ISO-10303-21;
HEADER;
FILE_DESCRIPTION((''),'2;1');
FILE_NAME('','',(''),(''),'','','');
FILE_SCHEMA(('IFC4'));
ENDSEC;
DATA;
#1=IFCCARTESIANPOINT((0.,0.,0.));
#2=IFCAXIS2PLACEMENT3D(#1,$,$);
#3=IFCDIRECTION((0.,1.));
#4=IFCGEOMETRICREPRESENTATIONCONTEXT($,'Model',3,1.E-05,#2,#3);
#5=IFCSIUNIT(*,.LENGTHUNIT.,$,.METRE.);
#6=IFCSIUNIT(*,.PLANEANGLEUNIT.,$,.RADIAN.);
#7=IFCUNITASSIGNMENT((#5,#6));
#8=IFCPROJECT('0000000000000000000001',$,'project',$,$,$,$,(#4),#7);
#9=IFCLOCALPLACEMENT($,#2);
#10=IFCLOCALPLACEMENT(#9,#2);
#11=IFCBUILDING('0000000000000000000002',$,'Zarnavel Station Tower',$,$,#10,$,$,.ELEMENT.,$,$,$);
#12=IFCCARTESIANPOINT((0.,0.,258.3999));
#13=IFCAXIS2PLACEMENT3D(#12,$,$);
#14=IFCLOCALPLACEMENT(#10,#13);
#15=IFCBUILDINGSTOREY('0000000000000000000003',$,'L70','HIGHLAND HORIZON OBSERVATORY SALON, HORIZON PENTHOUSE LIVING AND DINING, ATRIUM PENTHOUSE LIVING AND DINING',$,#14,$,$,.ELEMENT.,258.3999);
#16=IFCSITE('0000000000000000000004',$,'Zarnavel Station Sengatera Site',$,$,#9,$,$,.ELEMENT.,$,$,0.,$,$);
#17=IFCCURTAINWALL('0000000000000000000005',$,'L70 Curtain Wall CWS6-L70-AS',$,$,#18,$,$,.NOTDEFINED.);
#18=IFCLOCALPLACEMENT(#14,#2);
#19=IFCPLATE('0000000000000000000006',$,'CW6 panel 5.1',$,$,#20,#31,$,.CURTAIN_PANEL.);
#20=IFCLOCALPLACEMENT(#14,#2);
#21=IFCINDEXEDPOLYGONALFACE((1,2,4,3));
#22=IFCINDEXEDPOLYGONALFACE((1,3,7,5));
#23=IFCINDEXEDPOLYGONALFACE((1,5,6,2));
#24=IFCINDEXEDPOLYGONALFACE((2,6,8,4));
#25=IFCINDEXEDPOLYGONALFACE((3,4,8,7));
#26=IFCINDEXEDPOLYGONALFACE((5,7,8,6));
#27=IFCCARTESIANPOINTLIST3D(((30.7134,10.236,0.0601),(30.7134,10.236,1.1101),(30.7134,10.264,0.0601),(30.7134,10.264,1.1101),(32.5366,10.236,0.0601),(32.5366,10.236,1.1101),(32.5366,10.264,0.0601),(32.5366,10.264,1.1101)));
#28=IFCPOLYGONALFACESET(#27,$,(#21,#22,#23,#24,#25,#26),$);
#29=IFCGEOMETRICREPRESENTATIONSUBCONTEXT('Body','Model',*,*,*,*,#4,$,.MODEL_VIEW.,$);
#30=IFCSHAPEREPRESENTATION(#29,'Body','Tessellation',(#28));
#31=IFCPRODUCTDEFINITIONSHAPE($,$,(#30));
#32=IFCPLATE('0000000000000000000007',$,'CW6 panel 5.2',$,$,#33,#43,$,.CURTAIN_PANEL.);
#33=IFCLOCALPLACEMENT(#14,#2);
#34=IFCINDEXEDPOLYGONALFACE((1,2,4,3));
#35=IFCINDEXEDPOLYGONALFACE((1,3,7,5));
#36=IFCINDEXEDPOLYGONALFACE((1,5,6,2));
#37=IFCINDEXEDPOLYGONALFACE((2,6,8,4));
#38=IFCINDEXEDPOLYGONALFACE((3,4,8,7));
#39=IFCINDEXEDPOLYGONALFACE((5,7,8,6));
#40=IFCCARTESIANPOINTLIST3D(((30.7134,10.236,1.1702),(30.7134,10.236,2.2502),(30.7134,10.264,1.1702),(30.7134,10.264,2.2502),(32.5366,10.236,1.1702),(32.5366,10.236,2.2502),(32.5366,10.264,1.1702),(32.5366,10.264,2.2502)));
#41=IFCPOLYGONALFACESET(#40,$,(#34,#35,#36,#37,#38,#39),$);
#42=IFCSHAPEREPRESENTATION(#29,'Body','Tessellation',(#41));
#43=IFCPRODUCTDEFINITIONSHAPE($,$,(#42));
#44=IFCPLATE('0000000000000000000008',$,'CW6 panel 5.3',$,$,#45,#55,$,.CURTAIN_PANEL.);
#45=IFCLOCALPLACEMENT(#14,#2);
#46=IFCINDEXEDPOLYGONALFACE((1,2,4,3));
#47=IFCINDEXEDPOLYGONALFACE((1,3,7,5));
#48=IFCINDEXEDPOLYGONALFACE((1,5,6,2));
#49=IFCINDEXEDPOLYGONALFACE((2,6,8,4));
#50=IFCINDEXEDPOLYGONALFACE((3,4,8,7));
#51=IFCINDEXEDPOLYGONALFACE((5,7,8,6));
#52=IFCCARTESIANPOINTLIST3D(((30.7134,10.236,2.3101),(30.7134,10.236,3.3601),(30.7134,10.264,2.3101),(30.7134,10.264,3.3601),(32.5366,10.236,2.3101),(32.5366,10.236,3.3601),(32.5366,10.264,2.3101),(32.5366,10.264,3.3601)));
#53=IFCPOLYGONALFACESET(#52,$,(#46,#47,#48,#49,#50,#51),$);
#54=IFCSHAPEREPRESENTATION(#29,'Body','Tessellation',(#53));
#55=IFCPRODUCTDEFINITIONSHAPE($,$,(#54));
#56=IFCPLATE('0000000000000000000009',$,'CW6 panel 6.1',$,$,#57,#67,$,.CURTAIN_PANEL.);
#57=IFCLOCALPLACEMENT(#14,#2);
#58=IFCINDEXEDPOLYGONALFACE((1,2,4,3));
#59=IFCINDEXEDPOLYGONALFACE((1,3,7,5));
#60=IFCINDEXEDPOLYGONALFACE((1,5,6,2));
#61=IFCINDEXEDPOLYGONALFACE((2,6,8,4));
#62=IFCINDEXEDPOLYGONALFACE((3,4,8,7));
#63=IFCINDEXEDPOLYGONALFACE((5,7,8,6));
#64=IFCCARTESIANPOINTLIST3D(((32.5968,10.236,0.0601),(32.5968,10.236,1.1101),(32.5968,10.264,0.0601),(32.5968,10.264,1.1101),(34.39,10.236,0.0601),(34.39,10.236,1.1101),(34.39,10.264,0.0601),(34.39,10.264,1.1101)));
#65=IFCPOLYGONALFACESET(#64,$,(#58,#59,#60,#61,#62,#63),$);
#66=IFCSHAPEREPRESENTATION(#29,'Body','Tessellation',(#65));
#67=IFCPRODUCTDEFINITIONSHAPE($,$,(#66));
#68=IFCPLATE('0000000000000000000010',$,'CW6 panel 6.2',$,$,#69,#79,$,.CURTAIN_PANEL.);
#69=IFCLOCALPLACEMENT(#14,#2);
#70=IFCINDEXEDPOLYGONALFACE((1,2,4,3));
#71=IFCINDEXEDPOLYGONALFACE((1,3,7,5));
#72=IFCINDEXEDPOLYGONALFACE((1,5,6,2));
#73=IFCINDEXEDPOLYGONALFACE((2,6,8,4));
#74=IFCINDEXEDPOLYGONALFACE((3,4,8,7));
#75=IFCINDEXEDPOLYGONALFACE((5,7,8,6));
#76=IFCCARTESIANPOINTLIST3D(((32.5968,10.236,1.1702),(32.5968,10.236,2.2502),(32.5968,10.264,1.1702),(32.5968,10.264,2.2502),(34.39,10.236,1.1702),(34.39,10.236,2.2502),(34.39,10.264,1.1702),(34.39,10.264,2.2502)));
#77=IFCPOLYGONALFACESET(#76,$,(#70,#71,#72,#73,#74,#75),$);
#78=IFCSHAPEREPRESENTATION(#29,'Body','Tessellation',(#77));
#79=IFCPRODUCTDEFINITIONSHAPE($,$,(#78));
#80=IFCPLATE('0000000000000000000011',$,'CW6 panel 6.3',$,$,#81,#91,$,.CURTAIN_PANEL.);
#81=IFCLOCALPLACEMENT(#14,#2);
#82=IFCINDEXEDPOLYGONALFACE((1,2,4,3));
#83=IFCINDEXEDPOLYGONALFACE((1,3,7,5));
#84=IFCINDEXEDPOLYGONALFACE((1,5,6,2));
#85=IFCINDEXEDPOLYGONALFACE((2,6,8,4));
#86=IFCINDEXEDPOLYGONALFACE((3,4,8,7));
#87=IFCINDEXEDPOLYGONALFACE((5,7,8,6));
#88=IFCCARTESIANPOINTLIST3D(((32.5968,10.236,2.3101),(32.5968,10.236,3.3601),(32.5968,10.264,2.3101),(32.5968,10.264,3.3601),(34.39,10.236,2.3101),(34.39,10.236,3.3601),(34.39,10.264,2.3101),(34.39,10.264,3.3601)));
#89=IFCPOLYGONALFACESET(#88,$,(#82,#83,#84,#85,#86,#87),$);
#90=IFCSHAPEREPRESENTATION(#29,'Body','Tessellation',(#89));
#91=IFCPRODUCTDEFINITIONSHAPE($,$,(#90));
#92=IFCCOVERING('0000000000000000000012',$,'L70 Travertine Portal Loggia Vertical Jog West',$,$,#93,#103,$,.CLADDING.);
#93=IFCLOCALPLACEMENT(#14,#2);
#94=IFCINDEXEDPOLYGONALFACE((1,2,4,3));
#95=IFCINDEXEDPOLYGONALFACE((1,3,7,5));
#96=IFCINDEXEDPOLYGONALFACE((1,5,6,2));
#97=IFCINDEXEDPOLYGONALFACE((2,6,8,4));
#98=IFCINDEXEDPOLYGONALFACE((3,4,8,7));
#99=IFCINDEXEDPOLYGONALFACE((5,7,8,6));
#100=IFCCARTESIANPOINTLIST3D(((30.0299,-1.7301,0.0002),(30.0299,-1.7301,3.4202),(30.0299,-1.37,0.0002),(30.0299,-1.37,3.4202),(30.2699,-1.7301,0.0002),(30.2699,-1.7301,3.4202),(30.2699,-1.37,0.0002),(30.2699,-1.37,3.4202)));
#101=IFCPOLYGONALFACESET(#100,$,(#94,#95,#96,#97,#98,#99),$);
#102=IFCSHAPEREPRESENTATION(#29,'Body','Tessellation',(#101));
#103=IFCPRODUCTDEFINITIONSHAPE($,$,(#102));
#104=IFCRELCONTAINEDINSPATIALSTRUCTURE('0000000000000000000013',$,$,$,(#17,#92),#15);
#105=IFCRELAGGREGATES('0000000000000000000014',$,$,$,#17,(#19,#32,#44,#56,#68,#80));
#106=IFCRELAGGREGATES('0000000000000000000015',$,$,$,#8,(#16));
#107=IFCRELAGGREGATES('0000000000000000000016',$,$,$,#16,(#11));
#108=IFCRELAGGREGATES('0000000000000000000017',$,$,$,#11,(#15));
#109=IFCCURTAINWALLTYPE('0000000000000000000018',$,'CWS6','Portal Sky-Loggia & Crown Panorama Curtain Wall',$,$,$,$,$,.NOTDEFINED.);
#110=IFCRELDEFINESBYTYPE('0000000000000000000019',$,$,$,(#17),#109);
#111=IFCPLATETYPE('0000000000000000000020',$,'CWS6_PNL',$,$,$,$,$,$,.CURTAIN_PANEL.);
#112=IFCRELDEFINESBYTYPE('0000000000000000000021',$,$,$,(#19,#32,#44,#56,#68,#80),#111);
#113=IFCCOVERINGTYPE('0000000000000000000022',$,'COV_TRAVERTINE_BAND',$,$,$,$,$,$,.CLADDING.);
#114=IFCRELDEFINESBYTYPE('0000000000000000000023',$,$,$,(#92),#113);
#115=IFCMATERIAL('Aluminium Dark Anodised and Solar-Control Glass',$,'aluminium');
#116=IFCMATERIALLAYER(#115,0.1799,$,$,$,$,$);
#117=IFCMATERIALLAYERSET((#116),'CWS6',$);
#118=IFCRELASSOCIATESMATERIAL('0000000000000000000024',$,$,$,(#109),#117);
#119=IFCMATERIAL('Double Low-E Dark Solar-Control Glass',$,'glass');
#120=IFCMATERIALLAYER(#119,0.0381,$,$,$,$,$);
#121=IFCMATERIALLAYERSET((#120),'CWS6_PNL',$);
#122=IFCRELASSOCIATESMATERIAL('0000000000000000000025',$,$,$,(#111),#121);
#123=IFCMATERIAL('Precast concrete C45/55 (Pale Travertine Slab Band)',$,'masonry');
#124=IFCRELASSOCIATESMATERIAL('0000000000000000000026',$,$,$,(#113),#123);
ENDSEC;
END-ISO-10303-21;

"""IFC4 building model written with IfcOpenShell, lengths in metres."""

from ifc_helpers import new_model, si_unit, direction, frame, origin, origin_2d, place, context, subcontext, project, spatial, rectangle, extrude, material, layer, layer_set, type_object, element, aggregate, save


model = new_model("IFC4")

# Units and contexts
model_context = context("Model", 3, precision=1e-05, world=origin(), true_north=direction((0.0, 1.0)))
body_context = subcontext(model_context, "Body", "Model", "MODEL_VIEW")
ifc_project = project(units=[si_unit("LENGTHUNIT", "METRE"), si_unit("PLANEANGLEUNIT", "RADIAN")], contexts=[model_context])

# Site, building, storey
site_placement = place(None, origin())
site = spatial("IfcSite", under=ifc_project, at=site_placement, Name="Zarnavel Station Sengatera Site", CompositionType="ELEMENT", RefElevation=0.0)
building_placement = place(site_placement, origin())
building = spatial("IfcBuilding", under=site, at=building_placement, Name="Zarnavel Station Tower", CompositionType="ELEMENT")
storey_placement = place(building_placement, frame((0.0, 0.0, 258.3999)))
storey = spatial("IfcBuildingStorey", under=building, at=storey_placement, Name="L70", Description="HIGHLAND HORIZON OBSERVATORY SALON, HORIZON PENTHOUSE LIVING AND DINING, ATRIUM PENTHOUSE LIVING AND DINING", CompositionType="ELEMENT", Elevation=258.3999)

# Curtain wall
ifc_material_1 = material(Name="Aluminium Dark Anodised and Solar-Control Glass", Category="aluminium")
ifc_layer_1 = layer(ifc_material_1, 0.1799)
ifc_layer_set_1 = layer_set([ifc_layer_1], Name="CWS6")
curtain_wall_type = type_object("IfcCurtainWallType", Name="CWS6", Description="Portal Sky-Loggia & Crown Panorama Curtain Wall", PredefinedType="NOTDEFINED", material=ifc_layer_set_1)
curtain_wall_1_placement = place(storey_placement, origin())
curtain_wall_1 = element("IfcCurtainWall", 1, at=curtain_wall_1_placement, inside=storey, type_object=curtain_wall_type, Name="L70 Curtain Wall CWS6-L70-AS", PredefinedType="NOTDEFINED")

# Plates
ifc_material_2 = material(Name="Double Low-E Dark Solar-Control Glass", Category="glass")
ifc_layer_2 = layer(ifc_material_2, 0.0381)
ifc_layer_set_2 = layer_set([ifc_layer_2], Name="CWS6_PNL")
plate_type = type_object("IfcPlateType", Name="CWS6_PNL", PredefinedType="CURTAIN_PANEL", material=ifc_layer_set_2)
plate_1_placement = place(storey_placement, frame((31.625, 10.25, 0.0601), z_axis=(0.0, 0.0, 1.0), x_axis=(1.0, 0.0, 0.0)))
plate_1 = element("IfcPlate", 2, at=plate_1_placement, type_object=plate_type, Name="CW6 panel 5.1", PredefinedType="CURTAIN_PANEL", context=body_context, shape_type="SweptSolid", body=[
    extrude(rectangle(XDim=1.8232, YDim=0.0281, at=origin_2d()), origin(), (0.0, 0.0, 1.0), 1.05),
])
plate_2_placement = place(storey_placement, frame((31.625, 10.25, 1.1702), z_axis=(0.0, 0.0, 1.0), x_axis=(1.0, 0.0, 0.0)))
plate_2 = element("IfcPlate", 3, at=plate_2_placement, type_object=plate_type, Name="CW6 panel 5.2", PredefinedType="CURTAIN_PANEL", context=body_context, shape_type="SweptSolid", body=[
    extrude(rectangle(XDim=1.8232, YDim=0.0281, at=origin_2d()), origin(), (0.0, 0.0, 1.0), 1.0801),
])
plate_3_placement = place(storey_placement, frame((31.625, 10.25, 2.3101), z_axis=(0.0, 0.0, 1.0), x_axis=(1.0, 0.0, 0.0)))
plate_3 = element("IfcPlate", 4, at=plate_3_placement, type_object=plate_type, Name="CW6 panel 5.3", PredefinedType="CURTAIN_PANEL", context=body_context, shape_type="SweptSolid", body=[
    extrude(rectangle(XDim=1.8232, YDim=0.0281, at=origin_2d()), origin(), (0.0, 0.0, 1.0), 1.05),
])
plate_4_placement = place(storey_placement, frame((33.4934, 10.25, 0.0601), z_axis=(0.0, 0.0, 1.0), x_axis=(1.0, 0.0, 0.0)))
plate_4 = element("IfcPlate", 5, at=plate_4_placement, type_object=plate_type, Name="CW6 panel 6.1", PredefinedType="CURTAIN_PANEL", context=body_context, shape_type="SweptSolid", body=[
    extrude(rectangle(XDim=1.7932, YDim=0.0281, at=origin_2d()), origin(), (0.0, 0.0, 1.0), 1.05),
])
plate_5_placement = place(storey_placement, frame((33.4934, 10.25, 1.1702), z_axis=(0.0, 0.0, 1.0), x_axis=(1.0, 0.0, 0.0)))
plate_5 = element("IfcPlate", 6, at=plate_5_placement, type_object=plate_type, Name="CW6 panel 6.2", PredefinedType="CURTAIN_PANEL", context=body_context, shape_type="SweptSolid", body=[
    extrude(rectangle(XDim=1.7932, YDim=0.0281, at=origin_2d()), origin(), (0.0, 0.0, 1.0), 1.0801),
])
plate_6_placement = place(storey_placement, frame((33.4934, 10.25, 2.3101), z_axis=(0.0, 0.0, 1.0), x_axis=(1.0, 0.0, 0.0)))
plate_6 = element("IfcPlate", 7, at=plate_6_placement, type_object=plate_type, Name="CW6 panel 6.3", PredefinedType="CURTAIN_PANEL", context=body_context, shape_type="SweptSolid", body=[
    extrude(rectangle(XDim=1.7932, YDim=0.0281, at=origin_2d()), origin(), (0.0, 0.0, 1.0), 1.05),
])
aggregate(curtain_wall_1, [plate_1, plate_2, plate_3, plate_4, plate_5, plate_6])

# Covering
ifc_material_3 = material(Name="Precast concrete C45/55 (Pale Travertine Slab Band)", Category="masonry")
covering_type = type_object("IfcCoveringType", Name="COV_TRAVERTINE_BAND", PredefinedType="CLADDING", material=ifc_material_3)
covering_placement = place(storey_placement, frame((30.1499, -1.55, 0.0002), z_axis=(0.0, 0.0, 1.0), x_axis=(1.0, 0.0, 0.0)))
element("IfcCovering", 8, at=covering_placement, inside=storey, type_object=covering_type, Name="L70 Travertine Portal Loggia Vertical Jog West", PredefinedType="CLADDING", context=body_context, shape_type="SweptSolid", body=[
    extrude(rectangle(XDim=0.24, YDim=0.3601, at=origin_2d()), origin(), (0.0, 0.0, 1.0), 3.4199),
])

save(model, "model.ifc")
